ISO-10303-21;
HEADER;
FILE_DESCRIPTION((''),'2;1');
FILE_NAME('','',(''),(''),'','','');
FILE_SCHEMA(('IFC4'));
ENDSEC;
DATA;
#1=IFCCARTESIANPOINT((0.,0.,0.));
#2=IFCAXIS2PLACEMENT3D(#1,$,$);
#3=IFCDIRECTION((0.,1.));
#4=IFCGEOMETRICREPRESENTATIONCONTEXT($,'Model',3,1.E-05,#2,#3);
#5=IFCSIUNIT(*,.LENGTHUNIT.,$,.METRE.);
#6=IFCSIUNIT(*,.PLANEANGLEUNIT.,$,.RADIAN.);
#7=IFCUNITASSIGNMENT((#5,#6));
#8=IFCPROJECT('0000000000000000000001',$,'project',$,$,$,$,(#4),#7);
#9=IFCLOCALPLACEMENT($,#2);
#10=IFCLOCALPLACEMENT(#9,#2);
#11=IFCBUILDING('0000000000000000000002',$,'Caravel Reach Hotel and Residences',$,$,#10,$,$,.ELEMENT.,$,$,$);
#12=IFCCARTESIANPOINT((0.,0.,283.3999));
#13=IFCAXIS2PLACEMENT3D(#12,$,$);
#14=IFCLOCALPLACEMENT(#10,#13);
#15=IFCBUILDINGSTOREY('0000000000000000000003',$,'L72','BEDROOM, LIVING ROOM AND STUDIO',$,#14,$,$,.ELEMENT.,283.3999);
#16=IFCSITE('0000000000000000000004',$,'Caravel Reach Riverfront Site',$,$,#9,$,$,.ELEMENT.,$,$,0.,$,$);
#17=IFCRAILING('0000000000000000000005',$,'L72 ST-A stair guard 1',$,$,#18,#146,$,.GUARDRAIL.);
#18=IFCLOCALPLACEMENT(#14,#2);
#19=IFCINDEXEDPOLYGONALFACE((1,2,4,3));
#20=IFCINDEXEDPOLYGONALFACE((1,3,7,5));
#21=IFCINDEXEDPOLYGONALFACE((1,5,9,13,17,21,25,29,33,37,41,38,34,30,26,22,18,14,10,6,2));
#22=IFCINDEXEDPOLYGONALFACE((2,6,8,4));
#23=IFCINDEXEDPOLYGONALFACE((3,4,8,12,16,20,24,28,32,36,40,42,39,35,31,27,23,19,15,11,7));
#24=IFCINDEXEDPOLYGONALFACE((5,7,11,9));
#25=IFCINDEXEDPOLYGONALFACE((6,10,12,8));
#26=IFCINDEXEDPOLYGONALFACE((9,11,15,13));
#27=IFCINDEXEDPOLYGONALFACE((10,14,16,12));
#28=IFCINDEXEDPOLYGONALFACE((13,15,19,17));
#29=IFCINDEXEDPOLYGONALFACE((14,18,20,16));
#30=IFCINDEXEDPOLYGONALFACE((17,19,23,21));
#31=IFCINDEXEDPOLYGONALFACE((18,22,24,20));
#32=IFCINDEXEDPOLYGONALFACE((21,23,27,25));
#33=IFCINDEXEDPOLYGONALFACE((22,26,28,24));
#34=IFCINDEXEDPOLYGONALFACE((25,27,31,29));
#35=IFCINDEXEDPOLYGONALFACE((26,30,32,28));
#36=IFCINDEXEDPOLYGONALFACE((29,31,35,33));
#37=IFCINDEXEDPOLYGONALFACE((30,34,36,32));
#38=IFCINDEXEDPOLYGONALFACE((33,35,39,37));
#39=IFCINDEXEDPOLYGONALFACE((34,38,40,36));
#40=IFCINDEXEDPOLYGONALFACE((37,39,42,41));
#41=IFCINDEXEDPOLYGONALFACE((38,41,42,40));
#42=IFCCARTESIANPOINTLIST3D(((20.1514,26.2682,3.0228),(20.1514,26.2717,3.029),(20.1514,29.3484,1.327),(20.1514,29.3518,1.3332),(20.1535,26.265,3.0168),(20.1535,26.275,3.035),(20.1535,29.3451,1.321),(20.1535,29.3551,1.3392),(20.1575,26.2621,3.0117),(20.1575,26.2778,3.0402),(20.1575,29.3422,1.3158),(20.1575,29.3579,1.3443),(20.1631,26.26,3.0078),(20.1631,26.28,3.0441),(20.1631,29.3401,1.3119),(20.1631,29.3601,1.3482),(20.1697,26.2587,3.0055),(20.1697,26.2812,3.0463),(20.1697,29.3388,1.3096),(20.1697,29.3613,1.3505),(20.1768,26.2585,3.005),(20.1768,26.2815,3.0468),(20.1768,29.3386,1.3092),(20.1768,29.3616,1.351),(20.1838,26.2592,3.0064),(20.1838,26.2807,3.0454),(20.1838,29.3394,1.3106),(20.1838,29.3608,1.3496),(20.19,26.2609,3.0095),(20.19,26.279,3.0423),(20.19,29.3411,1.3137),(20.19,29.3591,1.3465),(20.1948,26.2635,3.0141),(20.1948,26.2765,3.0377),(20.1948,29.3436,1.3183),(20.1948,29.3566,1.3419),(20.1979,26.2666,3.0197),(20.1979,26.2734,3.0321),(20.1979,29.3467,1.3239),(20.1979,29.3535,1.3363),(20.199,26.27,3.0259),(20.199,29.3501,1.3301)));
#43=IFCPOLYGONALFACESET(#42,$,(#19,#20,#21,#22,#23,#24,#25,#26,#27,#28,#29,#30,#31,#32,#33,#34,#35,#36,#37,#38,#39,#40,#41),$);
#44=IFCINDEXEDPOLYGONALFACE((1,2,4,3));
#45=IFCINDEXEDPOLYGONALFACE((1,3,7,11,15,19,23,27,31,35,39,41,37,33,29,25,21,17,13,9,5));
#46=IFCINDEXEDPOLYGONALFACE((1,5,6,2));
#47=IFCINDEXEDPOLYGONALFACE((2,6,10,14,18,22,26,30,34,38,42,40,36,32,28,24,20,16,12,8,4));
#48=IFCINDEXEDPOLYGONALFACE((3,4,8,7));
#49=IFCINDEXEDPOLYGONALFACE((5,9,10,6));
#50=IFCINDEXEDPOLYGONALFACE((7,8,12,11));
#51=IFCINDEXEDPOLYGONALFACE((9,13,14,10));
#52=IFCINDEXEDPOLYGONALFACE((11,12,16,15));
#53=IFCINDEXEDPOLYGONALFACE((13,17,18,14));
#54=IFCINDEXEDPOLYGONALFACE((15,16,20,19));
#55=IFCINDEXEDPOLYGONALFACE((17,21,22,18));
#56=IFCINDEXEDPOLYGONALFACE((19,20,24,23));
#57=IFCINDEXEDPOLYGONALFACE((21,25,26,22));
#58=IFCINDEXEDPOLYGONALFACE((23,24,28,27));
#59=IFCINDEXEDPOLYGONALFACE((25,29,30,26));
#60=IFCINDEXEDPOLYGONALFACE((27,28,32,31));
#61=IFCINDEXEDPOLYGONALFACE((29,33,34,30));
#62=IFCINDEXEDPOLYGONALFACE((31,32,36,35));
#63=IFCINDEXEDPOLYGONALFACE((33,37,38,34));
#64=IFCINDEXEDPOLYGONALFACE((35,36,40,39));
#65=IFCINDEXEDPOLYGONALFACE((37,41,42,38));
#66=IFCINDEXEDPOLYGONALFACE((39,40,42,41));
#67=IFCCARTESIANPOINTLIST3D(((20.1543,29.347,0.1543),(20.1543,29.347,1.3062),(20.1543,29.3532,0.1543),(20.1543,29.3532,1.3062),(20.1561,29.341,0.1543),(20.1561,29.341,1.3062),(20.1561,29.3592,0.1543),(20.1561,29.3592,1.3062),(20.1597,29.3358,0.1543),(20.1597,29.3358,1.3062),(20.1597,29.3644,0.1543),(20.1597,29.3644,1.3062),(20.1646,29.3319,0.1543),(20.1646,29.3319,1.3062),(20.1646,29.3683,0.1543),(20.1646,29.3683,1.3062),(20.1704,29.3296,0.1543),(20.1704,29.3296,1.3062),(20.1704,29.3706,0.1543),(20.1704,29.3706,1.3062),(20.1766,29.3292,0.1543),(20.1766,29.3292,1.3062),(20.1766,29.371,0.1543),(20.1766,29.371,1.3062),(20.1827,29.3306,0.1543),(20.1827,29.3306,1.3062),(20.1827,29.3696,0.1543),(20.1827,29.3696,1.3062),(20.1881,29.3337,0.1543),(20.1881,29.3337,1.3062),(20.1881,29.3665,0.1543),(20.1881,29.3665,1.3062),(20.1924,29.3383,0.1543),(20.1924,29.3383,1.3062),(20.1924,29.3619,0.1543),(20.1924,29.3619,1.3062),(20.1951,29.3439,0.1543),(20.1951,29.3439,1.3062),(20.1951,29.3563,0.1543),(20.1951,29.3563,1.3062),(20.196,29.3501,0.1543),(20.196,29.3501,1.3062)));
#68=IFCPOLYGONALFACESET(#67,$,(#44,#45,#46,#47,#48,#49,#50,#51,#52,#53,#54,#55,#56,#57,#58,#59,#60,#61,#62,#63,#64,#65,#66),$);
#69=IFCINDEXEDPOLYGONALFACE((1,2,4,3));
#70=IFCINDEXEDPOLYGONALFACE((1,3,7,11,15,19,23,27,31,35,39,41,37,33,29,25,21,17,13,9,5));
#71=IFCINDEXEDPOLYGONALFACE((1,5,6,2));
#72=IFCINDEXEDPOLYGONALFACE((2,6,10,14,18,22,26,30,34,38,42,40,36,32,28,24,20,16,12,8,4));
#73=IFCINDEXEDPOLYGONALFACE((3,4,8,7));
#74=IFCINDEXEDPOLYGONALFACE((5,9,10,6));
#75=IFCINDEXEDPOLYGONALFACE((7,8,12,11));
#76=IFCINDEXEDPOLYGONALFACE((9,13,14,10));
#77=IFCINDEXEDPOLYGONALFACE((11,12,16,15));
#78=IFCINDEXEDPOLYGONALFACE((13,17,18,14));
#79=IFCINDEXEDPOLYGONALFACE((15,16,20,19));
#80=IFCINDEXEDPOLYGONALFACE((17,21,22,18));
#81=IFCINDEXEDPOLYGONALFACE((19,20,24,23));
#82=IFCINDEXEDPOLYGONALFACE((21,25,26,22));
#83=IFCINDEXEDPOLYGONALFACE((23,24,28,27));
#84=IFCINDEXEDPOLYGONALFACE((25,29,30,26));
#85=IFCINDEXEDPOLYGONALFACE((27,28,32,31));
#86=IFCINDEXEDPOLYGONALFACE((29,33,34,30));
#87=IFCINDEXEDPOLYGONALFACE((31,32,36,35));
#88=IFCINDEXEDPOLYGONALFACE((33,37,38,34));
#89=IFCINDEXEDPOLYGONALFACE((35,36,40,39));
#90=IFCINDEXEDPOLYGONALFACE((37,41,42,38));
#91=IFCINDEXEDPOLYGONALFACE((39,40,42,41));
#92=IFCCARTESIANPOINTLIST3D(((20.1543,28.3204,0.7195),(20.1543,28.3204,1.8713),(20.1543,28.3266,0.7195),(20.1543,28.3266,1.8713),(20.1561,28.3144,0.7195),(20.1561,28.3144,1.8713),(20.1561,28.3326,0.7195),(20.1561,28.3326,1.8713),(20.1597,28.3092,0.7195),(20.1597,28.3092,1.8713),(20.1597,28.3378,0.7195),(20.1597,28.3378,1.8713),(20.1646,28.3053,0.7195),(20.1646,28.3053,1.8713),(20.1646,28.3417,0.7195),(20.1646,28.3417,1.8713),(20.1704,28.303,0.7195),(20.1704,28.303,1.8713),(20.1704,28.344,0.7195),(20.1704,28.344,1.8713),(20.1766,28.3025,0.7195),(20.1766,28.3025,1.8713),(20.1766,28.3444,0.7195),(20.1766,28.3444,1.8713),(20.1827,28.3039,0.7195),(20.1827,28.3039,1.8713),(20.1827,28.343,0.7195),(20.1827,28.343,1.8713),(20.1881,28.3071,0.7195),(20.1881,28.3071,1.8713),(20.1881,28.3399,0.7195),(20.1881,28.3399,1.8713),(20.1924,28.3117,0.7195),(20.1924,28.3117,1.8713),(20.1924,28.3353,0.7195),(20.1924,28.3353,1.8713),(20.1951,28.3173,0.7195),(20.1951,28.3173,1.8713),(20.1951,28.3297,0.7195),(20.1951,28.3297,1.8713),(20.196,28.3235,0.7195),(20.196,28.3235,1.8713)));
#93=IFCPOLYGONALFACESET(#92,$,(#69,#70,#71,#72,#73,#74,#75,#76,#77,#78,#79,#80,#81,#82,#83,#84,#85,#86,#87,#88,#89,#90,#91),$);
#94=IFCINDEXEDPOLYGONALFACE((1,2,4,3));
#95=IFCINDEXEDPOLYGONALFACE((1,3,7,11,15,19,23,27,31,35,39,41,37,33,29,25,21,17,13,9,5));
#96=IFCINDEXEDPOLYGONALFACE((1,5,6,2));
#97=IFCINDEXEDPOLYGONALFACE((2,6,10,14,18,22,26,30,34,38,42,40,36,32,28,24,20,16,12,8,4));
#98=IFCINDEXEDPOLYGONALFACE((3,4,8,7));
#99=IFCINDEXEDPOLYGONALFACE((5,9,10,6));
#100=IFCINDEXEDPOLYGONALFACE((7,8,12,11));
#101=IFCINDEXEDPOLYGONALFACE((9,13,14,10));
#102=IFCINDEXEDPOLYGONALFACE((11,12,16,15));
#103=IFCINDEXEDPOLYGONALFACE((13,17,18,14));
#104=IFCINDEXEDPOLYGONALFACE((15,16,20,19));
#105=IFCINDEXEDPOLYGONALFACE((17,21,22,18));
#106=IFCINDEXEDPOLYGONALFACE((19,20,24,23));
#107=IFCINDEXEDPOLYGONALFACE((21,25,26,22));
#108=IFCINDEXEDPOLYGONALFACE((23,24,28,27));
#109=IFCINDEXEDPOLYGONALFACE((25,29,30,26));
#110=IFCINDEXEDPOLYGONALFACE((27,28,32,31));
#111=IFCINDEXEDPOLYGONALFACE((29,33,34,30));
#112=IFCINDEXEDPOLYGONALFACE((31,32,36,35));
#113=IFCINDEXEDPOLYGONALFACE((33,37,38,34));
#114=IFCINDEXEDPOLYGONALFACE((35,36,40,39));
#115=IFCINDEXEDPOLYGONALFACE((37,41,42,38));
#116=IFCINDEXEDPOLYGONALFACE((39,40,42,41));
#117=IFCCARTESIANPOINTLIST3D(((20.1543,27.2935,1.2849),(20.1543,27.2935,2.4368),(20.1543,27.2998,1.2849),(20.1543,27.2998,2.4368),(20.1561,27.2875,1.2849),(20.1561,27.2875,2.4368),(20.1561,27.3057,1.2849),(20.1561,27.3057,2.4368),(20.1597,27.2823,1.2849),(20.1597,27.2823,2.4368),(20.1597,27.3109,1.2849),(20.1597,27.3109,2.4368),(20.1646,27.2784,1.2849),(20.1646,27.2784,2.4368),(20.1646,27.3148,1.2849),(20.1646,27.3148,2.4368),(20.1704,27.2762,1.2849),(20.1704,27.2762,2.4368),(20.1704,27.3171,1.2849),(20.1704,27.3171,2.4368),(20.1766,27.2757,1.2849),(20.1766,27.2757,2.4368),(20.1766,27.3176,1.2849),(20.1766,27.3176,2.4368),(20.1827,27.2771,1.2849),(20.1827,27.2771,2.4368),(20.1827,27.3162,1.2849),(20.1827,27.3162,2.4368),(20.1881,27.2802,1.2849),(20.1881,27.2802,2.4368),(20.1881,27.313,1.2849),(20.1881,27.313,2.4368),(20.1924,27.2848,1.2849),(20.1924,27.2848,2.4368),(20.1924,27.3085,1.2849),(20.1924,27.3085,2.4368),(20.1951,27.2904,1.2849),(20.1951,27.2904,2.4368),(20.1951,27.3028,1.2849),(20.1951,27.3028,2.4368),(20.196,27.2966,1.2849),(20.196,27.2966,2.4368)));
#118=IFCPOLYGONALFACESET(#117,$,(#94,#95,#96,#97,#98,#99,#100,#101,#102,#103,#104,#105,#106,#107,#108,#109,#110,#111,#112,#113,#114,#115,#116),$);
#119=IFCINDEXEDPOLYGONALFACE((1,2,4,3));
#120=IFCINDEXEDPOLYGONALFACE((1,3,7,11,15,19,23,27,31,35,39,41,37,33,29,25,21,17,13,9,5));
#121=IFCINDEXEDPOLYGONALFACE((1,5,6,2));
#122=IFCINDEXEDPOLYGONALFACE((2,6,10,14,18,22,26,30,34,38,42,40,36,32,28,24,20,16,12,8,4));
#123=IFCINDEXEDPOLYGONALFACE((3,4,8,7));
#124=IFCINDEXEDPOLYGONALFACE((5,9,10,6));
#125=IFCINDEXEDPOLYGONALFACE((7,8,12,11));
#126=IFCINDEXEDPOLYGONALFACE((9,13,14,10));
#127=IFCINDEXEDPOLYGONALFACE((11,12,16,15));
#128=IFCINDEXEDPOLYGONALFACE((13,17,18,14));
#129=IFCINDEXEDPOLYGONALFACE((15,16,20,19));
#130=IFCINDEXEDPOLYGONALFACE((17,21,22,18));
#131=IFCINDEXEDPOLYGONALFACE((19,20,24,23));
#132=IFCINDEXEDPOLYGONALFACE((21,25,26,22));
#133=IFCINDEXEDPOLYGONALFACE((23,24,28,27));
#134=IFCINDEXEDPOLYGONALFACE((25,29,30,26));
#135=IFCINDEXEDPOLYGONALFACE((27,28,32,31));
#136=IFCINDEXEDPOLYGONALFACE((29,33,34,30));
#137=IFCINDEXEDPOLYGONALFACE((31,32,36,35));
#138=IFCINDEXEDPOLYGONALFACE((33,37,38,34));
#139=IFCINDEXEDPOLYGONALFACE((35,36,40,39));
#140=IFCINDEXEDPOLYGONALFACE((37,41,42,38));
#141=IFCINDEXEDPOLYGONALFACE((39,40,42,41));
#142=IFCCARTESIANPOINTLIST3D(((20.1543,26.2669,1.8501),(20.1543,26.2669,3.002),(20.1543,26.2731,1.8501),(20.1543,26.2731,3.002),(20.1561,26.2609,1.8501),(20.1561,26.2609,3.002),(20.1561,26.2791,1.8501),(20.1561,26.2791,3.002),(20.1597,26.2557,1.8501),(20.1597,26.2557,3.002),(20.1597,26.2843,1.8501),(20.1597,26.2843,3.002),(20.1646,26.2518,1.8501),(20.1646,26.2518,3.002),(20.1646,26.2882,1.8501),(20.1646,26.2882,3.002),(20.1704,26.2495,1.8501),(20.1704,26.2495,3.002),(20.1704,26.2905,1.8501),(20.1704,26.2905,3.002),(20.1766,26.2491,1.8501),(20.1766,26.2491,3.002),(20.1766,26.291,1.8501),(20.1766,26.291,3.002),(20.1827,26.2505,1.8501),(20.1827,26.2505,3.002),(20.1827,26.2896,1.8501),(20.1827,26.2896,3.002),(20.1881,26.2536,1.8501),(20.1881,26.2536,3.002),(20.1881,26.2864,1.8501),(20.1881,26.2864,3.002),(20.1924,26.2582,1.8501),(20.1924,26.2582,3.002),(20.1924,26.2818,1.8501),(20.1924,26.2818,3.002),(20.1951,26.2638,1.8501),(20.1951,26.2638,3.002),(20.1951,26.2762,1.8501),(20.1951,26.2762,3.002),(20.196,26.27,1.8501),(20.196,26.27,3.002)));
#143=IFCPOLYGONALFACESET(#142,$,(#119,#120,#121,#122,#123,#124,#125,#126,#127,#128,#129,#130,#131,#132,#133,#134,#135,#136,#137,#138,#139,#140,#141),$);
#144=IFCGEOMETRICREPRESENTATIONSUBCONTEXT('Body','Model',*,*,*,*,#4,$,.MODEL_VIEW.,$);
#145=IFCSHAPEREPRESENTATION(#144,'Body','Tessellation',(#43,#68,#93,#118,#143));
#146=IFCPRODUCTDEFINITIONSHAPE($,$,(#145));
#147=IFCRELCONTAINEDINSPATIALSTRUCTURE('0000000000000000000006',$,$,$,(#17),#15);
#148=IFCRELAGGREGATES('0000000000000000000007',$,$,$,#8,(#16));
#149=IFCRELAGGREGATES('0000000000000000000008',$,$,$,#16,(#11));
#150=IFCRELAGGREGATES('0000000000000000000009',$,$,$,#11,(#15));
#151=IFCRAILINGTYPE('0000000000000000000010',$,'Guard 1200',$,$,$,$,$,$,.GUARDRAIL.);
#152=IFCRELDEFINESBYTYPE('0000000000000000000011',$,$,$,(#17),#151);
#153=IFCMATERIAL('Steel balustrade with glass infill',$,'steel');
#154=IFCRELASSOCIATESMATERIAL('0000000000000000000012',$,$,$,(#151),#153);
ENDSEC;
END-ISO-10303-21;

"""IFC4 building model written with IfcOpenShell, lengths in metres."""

from ifc_helpers import new_model, si_unit, direction, frame, origin, origin_2d, place, context, subcontext, project, spatial, circle, extrude, material, type_object, element, save


model = new_model("IFC4")

# Units and contexts
model_context = context("Model", 3, precision=1e-05, world=origin(), true_north=direction((0.0, 1.0)))
body_context = subcontext(model_context, "Body", "Model", "MODEL_VIEW")
ifc_project = project(units=[si_unit("LENGTHUNIT", "METRE"), si_unit("PLANEANGLEUNIT", "RADIAN")], contexts=[model_context])

# Site, building, storey
site_placement = place(None, origin())
site = spatial("IfcSite", under=ifc_project, at=site_placement, Name="Caravel Reach Riverfront Site", CompositionType="ELEMENT", RefElevation=0.0)
building_placement = place(site_placement, origin())
building = spatial("IfcBuilding", under=site, at=building_placement, Name="Caravel Reach Hotel and Residences", CompositionType="ELEMENT")
storey_placement = place(building_placement, frame((0.0, 0.0, 283.3999)))
storey = spatial("IfcBuildingStorey", under=building, at=storey_placement, Name="L72", Description="BEDROOM, LIVING ROOM AND STUDIO", CompositionType="ELEMENT", Elevation=283.3999)

# Railing
ifc_material_1 = material(Name="Steel balustrade with glass infill", Category="steel")
railing_type_1 = type_object("IfcRailingType", Name="Guard 1200", PredefinedType="GUARDRAIL", material=ifc_material_1)
railing_1_placement = place(storey_placement, frame((20.175, 29.3501, 0.1543)))
element("IfcRailing", 1, at=railing_1_placement, inside=storey, type_object=railing_type_1, Name="L72 ST-A stair guard 1", PredefinedType="GUARDRAIL", context=body_context, shape_type="SweptSolid", body=[
    extrude(circle(Radius=0.0239, at=origin_2d()), frame((0.0, 0.0, 1.1758), z_axis=(0.0, -0.876005, 0.482303), x_axis=(1.0, 0.0, 0.0)), (0.0, 0.0, 1.0), 3.5161),
    extrude(circle(Radius=0.021, at=origin_2d()), origin(), (0.0, 0.0, 1.0), 1.1519),
    extrude(circle(Radius=0.021, at=origin_2d()), frame((0.0, -1.0266, 0.5652)), (0.0, 0.0, 1.0), 1.1519),
    extrude(circle(Radius=0.021, at=origin_2d()), frame((0.0, -2.0535, 1.1306)), (0.0, 0.0, 1.0), 1.1519),
    extrude(circle(Radius=0.021, at=origin_2d()), frame((0.0, -3.0801, 1.6958)), (0.0, 0.0, 1.0), 1.1519),
])

save(model, "model.ifc")
